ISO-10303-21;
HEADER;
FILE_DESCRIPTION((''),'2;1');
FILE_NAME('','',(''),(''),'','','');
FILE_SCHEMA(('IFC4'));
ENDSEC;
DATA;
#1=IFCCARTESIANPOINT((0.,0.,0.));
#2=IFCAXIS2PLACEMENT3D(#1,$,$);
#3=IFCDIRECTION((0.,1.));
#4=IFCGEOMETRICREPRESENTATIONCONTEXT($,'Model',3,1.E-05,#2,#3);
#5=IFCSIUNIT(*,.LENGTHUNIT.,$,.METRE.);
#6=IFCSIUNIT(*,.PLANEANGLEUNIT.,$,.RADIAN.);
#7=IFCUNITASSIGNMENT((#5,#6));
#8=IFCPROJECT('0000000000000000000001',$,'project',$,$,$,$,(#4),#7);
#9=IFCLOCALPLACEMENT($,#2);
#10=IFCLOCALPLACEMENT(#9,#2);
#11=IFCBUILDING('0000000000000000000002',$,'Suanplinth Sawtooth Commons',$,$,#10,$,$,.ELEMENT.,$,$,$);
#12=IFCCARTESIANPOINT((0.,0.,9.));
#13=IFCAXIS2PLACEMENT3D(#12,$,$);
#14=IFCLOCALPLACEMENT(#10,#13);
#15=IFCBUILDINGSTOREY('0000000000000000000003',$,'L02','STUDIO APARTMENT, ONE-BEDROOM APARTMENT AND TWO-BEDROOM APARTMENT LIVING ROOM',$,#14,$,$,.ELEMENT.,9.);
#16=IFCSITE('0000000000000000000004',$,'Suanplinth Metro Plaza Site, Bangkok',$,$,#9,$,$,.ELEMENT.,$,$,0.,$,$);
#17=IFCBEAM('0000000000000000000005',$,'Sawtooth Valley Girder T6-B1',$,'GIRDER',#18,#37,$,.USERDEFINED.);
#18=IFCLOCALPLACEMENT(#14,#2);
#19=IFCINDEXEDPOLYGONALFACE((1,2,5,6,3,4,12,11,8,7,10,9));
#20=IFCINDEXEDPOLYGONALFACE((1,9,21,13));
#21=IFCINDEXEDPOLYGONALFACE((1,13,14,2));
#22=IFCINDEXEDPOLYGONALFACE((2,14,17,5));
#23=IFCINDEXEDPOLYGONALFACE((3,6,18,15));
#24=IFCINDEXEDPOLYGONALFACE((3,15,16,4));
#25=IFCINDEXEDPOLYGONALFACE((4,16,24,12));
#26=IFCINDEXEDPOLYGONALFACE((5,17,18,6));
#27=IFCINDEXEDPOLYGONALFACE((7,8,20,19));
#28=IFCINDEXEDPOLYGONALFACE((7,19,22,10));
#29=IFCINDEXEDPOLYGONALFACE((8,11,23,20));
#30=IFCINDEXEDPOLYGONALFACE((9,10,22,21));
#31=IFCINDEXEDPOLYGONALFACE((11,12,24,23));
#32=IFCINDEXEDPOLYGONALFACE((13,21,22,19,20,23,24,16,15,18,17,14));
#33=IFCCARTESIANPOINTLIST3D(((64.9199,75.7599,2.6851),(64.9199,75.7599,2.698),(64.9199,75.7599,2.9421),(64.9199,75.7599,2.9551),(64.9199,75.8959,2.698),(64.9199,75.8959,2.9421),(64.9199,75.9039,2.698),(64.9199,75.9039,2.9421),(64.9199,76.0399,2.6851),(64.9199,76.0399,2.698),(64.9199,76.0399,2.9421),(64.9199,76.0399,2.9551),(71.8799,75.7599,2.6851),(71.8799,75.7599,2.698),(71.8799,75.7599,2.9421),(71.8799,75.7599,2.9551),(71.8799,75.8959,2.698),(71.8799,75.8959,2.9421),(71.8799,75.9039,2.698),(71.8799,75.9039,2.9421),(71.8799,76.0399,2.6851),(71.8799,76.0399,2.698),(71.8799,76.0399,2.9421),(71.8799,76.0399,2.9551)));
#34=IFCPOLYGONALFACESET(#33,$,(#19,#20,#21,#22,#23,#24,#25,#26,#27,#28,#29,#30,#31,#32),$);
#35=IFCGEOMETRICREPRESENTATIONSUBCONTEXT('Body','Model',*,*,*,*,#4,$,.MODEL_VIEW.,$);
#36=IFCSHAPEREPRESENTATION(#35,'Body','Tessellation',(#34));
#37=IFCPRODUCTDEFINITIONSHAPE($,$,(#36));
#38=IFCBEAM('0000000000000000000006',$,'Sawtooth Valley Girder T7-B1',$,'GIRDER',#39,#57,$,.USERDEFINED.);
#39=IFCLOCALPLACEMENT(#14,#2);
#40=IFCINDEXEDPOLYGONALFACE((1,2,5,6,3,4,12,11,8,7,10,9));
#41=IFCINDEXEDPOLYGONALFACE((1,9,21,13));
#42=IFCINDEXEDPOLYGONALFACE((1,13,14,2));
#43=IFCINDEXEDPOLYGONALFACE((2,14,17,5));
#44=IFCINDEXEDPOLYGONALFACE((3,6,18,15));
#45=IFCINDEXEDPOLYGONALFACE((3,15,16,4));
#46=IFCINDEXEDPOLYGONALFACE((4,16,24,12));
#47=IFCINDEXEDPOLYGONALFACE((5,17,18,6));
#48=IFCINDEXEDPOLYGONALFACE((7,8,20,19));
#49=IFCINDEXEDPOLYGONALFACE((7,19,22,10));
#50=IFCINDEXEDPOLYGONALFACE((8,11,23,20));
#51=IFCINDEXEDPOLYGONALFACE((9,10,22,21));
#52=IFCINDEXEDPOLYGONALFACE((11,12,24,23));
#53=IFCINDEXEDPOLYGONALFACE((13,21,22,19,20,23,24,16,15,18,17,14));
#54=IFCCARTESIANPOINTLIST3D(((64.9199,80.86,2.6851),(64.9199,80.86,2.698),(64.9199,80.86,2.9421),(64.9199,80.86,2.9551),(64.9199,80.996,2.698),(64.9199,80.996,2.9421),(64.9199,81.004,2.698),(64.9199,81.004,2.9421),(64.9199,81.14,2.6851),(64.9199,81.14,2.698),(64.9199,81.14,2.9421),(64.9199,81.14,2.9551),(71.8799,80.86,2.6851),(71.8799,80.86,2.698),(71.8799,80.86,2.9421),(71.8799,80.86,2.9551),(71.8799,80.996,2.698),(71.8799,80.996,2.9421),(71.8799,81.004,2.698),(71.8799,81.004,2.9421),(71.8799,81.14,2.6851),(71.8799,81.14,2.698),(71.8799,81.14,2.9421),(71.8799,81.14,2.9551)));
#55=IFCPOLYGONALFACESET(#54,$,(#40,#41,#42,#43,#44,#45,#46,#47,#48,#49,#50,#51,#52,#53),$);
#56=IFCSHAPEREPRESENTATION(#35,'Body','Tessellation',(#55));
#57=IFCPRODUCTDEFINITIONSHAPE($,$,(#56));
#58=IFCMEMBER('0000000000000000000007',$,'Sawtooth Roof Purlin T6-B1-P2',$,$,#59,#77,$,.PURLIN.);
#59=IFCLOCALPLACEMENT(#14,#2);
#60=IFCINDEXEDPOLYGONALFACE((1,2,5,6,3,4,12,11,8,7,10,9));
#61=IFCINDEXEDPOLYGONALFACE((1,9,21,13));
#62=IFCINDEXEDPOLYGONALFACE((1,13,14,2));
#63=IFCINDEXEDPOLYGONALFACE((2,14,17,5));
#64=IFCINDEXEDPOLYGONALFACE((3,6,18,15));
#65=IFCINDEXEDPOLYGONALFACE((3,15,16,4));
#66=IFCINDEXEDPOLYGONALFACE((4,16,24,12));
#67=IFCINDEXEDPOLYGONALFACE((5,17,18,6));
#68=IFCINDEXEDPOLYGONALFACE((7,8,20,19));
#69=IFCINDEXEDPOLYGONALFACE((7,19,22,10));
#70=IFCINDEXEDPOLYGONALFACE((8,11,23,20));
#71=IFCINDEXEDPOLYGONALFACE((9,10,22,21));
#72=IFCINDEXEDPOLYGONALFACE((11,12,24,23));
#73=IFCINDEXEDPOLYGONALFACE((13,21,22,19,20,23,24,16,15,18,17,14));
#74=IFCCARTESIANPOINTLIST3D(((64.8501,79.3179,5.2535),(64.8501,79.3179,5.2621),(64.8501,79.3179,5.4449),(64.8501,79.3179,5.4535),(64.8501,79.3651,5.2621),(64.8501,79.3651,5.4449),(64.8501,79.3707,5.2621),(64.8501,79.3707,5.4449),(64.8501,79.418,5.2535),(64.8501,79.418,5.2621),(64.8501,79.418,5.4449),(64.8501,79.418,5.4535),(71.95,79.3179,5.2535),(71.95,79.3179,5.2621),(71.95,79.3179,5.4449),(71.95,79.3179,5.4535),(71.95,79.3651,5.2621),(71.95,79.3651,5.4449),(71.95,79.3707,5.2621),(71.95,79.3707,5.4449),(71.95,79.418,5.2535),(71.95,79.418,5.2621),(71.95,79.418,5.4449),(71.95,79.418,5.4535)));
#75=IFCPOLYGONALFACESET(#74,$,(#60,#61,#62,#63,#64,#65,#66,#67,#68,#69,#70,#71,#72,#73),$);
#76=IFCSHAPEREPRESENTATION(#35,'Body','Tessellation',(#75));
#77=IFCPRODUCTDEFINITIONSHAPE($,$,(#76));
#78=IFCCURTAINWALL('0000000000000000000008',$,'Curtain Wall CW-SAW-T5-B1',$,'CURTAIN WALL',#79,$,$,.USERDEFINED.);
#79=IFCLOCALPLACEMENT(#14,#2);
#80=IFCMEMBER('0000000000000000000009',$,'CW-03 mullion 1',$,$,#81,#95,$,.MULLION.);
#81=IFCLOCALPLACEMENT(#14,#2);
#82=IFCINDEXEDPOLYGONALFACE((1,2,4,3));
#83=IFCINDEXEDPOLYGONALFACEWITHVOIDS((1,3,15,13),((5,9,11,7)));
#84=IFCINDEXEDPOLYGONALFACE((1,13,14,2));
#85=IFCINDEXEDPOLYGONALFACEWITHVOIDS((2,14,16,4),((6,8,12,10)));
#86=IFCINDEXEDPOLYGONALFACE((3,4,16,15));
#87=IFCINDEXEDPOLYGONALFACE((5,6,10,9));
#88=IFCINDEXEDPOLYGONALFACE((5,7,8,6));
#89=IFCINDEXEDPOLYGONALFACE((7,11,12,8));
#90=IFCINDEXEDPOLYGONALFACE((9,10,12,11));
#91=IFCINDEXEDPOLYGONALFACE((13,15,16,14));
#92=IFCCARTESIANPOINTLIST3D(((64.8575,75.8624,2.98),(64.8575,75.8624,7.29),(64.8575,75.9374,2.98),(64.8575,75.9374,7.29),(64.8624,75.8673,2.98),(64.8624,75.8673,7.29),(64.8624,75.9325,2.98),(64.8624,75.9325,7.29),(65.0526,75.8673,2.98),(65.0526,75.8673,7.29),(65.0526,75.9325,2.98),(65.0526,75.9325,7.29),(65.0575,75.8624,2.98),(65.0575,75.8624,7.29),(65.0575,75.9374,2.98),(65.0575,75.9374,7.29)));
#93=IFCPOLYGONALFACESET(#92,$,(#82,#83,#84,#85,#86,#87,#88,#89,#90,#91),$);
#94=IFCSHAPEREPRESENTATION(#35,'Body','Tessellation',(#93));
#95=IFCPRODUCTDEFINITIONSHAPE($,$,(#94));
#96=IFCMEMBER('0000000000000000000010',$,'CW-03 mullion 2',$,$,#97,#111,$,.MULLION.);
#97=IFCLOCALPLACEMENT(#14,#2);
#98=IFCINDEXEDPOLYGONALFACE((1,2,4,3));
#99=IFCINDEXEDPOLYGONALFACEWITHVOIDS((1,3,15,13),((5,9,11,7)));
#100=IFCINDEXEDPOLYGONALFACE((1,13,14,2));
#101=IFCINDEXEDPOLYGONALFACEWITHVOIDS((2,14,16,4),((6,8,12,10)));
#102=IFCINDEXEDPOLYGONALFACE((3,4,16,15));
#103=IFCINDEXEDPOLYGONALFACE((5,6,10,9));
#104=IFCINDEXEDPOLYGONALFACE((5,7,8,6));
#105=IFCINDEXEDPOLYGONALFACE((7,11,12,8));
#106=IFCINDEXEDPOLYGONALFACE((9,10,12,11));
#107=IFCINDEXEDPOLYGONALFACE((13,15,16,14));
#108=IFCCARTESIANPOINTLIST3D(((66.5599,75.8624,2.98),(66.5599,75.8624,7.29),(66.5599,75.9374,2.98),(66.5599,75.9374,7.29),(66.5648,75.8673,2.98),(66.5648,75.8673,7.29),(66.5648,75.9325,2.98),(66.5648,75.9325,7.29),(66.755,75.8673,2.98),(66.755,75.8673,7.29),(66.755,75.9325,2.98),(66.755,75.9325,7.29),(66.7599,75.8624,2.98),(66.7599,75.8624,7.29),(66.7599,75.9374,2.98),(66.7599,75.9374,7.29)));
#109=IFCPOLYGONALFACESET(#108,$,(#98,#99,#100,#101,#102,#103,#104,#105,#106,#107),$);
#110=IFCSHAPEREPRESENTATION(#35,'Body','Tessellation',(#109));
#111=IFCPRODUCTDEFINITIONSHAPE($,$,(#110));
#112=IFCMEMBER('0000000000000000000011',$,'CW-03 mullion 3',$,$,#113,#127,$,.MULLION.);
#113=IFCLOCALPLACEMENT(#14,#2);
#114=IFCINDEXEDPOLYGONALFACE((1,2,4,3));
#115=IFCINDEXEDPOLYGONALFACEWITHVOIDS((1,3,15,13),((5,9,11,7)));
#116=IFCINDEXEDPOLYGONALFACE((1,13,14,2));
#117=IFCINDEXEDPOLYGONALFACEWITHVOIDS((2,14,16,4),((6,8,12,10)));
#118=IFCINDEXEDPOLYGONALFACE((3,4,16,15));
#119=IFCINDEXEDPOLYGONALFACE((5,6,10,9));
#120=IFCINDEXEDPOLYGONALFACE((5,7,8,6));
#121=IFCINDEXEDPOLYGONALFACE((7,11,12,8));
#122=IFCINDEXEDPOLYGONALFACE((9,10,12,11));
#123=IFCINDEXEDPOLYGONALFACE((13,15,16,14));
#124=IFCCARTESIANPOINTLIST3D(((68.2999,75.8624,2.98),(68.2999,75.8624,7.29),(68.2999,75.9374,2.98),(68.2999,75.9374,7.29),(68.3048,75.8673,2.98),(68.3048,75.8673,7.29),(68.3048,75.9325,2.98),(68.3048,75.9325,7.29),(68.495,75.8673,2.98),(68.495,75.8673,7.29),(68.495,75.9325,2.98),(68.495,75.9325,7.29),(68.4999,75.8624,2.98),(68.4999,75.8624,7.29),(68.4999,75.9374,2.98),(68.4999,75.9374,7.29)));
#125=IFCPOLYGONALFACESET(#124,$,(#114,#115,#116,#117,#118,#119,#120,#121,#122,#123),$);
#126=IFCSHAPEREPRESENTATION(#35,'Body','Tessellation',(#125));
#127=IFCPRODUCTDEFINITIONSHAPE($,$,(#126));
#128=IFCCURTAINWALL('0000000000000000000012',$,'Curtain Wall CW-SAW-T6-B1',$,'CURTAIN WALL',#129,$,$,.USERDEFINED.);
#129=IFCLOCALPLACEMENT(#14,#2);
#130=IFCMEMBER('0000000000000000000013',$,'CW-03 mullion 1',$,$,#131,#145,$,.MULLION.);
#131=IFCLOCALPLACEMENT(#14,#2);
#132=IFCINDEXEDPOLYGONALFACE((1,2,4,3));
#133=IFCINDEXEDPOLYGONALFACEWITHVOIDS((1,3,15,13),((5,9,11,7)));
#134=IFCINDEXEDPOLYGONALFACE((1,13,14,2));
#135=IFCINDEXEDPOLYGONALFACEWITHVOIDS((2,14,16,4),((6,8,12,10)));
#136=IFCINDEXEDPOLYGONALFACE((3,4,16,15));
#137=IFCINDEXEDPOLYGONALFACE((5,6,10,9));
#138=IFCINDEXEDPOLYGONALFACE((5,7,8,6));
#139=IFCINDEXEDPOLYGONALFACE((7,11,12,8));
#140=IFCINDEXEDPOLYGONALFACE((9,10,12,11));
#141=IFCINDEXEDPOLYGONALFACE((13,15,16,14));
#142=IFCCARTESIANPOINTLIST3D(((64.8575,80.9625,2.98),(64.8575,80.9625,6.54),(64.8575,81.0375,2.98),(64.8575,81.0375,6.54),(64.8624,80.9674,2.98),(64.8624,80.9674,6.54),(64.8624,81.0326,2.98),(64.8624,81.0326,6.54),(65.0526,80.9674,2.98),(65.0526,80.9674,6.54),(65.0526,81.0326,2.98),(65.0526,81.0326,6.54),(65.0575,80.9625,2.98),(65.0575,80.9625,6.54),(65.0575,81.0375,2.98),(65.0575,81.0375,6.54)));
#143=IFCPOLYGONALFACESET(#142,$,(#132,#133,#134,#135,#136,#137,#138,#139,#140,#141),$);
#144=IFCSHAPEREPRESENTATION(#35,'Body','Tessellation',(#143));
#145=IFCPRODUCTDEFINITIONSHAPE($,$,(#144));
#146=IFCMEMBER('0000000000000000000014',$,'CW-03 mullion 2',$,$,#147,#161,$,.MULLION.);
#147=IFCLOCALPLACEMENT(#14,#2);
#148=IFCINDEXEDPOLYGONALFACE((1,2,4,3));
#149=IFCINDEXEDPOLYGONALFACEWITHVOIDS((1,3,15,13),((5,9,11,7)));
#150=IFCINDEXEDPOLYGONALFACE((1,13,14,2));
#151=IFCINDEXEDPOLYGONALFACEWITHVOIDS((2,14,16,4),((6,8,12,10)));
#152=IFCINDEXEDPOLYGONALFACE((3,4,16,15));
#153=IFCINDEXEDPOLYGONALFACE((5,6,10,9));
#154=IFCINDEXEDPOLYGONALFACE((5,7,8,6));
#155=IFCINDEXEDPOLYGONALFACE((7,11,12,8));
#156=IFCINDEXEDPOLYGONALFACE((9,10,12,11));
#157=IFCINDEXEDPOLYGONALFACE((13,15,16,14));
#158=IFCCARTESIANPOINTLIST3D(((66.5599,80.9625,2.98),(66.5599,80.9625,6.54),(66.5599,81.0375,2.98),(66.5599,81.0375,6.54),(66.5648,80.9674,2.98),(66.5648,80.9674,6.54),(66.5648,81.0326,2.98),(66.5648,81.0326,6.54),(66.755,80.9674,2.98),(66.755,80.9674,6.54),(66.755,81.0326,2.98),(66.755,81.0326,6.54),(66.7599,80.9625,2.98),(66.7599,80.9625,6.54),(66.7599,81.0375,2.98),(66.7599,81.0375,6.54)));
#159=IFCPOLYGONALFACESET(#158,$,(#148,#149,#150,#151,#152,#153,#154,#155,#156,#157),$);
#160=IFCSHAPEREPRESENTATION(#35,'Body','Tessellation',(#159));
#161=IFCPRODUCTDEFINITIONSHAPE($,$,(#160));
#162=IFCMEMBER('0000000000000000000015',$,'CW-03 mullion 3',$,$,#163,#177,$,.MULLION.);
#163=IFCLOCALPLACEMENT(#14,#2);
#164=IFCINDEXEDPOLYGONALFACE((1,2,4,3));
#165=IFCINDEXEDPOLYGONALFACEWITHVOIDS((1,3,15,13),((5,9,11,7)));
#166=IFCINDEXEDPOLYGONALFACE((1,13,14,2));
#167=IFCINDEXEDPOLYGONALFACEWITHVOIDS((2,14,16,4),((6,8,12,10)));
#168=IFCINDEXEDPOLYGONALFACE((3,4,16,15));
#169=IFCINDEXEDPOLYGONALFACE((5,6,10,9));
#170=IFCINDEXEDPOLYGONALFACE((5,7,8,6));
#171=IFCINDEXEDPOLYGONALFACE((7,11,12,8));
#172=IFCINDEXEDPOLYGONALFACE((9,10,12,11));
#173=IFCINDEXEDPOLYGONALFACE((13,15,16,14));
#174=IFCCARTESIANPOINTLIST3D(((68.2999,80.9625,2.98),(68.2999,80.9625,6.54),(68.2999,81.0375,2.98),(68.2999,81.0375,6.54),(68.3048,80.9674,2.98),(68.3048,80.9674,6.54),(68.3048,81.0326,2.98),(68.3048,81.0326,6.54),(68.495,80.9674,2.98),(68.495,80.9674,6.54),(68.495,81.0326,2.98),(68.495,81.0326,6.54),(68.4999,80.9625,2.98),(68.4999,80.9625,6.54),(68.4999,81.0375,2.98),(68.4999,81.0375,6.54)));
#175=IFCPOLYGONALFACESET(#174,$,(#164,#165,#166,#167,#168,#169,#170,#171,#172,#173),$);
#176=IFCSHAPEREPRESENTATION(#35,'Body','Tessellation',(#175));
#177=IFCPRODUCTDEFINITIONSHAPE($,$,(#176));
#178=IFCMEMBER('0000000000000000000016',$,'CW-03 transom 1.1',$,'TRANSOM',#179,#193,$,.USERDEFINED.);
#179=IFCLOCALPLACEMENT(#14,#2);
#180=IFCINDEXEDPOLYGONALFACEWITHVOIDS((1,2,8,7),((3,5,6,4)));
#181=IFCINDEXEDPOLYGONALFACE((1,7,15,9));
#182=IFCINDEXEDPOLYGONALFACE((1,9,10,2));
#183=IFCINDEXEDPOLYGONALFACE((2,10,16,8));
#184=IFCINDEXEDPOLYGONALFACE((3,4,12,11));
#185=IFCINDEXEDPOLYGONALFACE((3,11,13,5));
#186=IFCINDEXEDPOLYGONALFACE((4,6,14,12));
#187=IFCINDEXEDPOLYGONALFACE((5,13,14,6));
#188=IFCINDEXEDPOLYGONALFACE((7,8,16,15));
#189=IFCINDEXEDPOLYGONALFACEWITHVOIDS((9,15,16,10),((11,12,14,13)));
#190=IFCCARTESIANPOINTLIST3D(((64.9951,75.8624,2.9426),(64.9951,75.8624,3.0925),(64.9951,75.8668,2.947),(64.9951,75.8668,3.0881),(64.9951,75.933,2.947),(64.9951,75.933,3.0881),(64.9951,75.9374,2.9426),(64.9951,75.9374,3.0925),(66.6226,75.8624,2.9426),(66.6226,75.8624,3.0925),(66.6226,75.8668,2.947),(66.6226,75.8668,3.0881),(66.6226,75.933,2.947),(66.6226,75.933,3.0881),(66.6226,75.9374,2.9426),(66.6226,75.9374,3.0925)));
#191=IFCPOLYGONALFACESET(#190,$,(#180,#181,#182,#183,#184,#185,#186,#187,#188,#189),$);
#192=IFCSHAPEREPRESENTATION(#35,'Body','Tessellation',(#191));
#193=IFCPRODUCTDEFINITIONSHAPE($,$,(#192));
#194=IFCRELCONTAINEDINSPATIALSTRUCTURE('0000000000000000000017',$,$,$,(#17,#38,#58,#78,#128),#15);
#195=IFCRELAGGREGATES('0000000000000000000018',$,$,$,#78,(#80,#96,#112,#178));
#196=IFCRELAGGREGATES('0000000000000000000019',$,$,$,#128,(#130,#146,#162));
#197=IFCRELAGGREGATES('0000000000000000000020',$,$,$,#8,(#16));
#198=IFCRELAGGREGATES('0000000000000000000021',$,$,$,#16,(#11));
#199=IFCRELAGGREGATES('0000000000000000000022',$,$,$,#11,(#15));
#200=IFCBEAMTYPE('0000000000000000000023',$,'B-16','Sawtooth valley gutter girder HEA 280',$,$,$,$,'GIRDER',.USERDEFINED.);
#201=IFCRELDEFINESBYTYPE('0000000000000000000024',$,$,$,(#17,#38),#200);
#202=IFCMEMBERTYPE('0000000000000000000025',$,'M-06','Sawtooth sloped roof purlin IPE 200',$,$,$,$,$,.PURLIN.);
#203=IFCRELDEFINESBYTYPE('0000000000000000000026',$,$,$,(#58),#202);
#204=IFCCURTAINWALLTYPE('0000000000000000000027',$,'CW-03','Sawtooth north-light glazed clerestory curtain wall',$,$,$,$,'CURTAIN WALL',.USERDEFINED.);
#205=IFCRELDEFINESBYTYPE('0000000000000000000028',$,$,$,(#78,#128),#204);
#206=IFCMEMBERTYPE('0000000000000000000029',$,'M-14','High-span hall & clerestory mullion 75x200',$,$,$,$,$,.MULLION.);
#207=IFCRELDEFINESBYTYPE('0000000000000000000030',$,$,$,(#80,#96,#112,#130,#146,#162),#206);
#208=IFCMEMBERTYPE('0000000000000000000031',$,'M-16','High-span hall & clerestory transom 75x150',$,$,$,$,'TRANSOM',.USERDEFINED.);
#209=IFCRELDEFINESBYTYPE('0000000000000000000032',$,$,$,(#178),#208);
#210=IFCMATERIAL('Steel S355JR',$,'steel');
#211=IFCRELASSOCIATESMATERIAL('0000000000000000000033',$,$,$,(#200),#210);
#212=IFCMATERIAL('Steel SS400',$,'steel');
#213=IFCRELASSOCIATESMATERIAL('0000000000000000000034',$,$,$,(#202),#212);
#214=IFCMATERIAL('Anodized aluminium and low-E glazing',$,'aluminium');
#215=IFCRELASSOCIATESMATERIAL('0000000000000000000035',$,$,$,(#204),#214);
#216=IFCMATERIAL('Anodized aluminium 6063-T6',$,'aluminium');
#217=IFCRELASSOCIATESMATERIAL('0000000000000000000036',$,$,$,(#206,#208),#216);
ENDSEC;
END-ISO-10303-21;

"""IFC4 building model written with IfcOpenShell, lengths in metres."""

from ifc_helpers import new_model, si_unit, direction, frame, origin, origin_2d, place, context, subcontext, project, spatial, hollow_rectangle, i_section, extrude, material, material_profile, profile_set, type_object, element, aggregate, save


model = new_model("IFC4")

# Units and contexts
model_context = context("Model", 3, precision=1e-05, world=origin(), true_north=direction((0.0, 1.0)))
body_context = subcontext(model_context, "Body", "Model", "MODEL_VIEW")
ifc_project = project(units=[si_unit("LENGTHUNIT", "METRE"), si_unit("PLANEANGLEUNIT", "RADIAN")], contexts=[model_context])

# Site, building, storey
site_placement = place(None, origin())
site = spatial("IfcSite", under=ifc_project, at=site_placement, Name="Suanplinth Metro Plaza Site, Bangkok", CompositionType="ELEMENT", RefElevation=0.0)
building_placement = place(site_placement, origin())
building = spatial("IfcBuilding", under=site, at=building_placement, Name="Suanplinth Sawtooth Commons", CompositionType="ELEMENT")
storey_placement = place(building_placement, frame((0.0, 0.0, 9.0)))
storey = spatial("IfcBuildingStorey", under=building, at=storey_placement, Name="L02", Description="STUDIO APARTMENT, ONE-BEDROOM APARTMENT AND TWO-BEDROOM APARTMENT LIVING ROOM", CompositionType="ELEMENT", Elevation=9.0)

# Beams
ifc_material_1 = material(Name="Steel S355JR", Category="steel")
ifc_material_profile_1 = material_profile(ifc_material_1, i_section(OverallWidth=0.28, OverallDepth=0.27, WebThickness=0.0081, FlangeThickness=0.0129, at=origin_2d()), Name="HEA 280")
ifc_profile_set_1 = profile_set([ifc_material_profile_1], Name="Steel S355JR")
beam_type = type_object("IfcBeamType", Name="B-16", Description="Sawtooth valley gutter girder HEA 280", ElementType="GIRDER", PredefinedType="USERDEFINED", material=ifc_profile_set_1)
for number, where, z_axis, x_axis, name in (
    (1, (64.9199, 75.8999, 2.8201), (1.0, 0.0, 0.0), (0.0, 1.0, 0.0), "Sawtooth Valley Girder T6-B1"),
    (2, (64.9199, 81.0, 2.8201), (1.0, 0.0, 0.0), (0.0, 1.0, 0.0), "Sawtooth Valley Girder T7-B1"),
):
    element("IfcBeam", number, at=place(storey_placement, frame(where, z_axis=z_axis, x_axis=x_axis)), inside=storey, type_object=beam_type, Name=name, ObjectType="GIRDER", PredefinedType="USERDEFINED", context=body_context, shape_type="SweptSolid", body=[
        extrude(i_section(OverallWidth=0.28, OverallDepth=0.27, WebThickness=0.0081, FlangeThickness=0.0129, at=origin_2d()), origin(), (0.0, 0.0, 1.0), 6.96),
    ])

# Member
ifc_material_2 = material(Name="Steel SS400", Category="steel")
ifc_material_profile_2 = material_profile(ifc_material_2, i_section(OverallWidth=0.1001, OverallDepth=0.2, WebThickness=0.0056, FlangeThickness=0.0085, at=origin_2d()), Name="IPE 200")
ifc_profile_set_2 = profile_set([ifc_material_profile_2], Name="Steel SS400")
member_type_1 = type_object("IfcMemberType", Name="M-06", Description="Sawtooth sloped roof purlin IPE 200", PredefinedType="PURLIN", material=ifc_profile_set_2)
member_1_placement = place(storey_placement, frame((64.8501, 79.3679, 5.3535), z_axis=(1.0, 0.0, 0.0), x_axis=(0.0, 1.0, 0.0)))
element("IfcMember", 3, at=member_1_placement, inside=storey, type_object=member_type_1, Name="Sawtooth Roof Purlin T6-B1-P2", PredefinedType="PURLIN", context=body_context, shape_type="SweptSolid", body=[
    extrude(i_section(OverallWidth=0.1001, OverallDepth=0.2, WebThickness=0.0056, FlangeThickness=0.0085, at=origin_2d()), origin(), (0.0, 0.0, 1.0), 7.0999),
])

# Curtain walls, members
ifc_material_3 = material(Name="Anodized aluminium and low-E glazing", Category="aluminium")
curtain_wall_type = type_object("IfcCurtainWallType", Name="CW-03", Description="Sawtooth north-light glazed clerestory curtain wall", ElementType="CURTAIN WALL", PredefinedType="USERDEFINED", material=ifc_material_3)
curtain_wall_1_placement = place(storey_placement, origin())
curtain_wall_1 = element("IfcCurtainWall", 4, at=curtain_wall_1_placement, inside=storey, type_object=curtain_wall_type, Name="Curtain Wall CW-SAW-T5-B1", ObjectType="CURTAIN WALL", PredefinedType="USERDEFINED")
ifc_material_4 = material(Name="Anodized aluminium 6063-T6", Category="aluminium")
ifc_material_profile_3 = material_profile(ifc_material_4, hollow_rectangle(XDim=0.075, YDim=0.2, WallThickness=0.0049, at=origin_2d()), Name="ALU-MUL 75x200")
ifc_profile_set_3 = profile_set([ifc_material_profile_3], Name="Anodized aluminium 6063-T6")
member_type_2 = type_object("IfcMemberType", Name="M-14", Description="High-span hall & clerestory mullion 75x200", PredefinedType="MULLION", material=ifc_profile_set_3)
member_2_placement = place(storey_placement, frame((64.9575, 75.8999, 2.98), z_axis=(0.0, 0.0, 1.0), x_axis=(0.0, 1.0, 0.0)))
member_2 = element("IfcMember", 5, at=member_2_placement, type_object=member_type_2, Name="CW-03 mullion 1", PredefinedType="MULLION", context=body_context, shape_type="SweptSolid", body=[
    extrude(hollow_rectangle(XDim=0.075, YDim=0.2, WallThickness=0.0049, at=origin_2d()), origin(), (0.0, 0.0, 1.0), 4.3101),
])
member_3_placement = place(storey_placement, frame((66.6599, 75.8999, 2.98), z_axis=(0.0, 0.0, 1.0), x_axis=(0.0, 1.0, 0.0)))
member_3 = element("IfcMember", 6, at=member_3_placement, type_object=member_type_2, Name="CW-03 mullion 2", PredefinedType="MULLION", context=body_context, shape_type="SweptSolid", body=[
    extrude(hollow_rectangle(XDim=0.075, YDim=0.2, WallThickness=0.0049, at=origin_2d()), origin(), (0.0, 0.0, 1.0), 4.3101),
])
member_4_placement = place(storey_placement, frame((68.3999, 75.8999, 2.98), z_axis=(0.0, 0.0, 1.0), x_axis=(0.0, 1.0, 0.0)))
member_4 = element("IfcMember", 7, at=member_4_placement, type_object=member_type_2, Name="CW-03 mullion 3", PredefinedType="MULLION", context=body_context, shape_type="SweptSolid", body=[
    extrude(hollow_rectangle(XDim=0.075, YDim=0.2, WallThickness=0.0049, at=origin_2d()), origin(), (0.0, 0.0, 1.0), 4.3101),
])
curtain_wall_2_placement = place(storey_placement, origin())
curtain_wall_2 = element("IfcCurtainWall", 8, at=curtain_wall_2_placement, inside=storey, type_object=curtain_wall_type, Name="Curtain Wall CW-SAW-T6-B1", ObjectType="CURTAIN WALL", PredefinedType="USERDEFINED")
member_5_placement = place(storey_placement, frame((64.9575, 81.0, 2.98), z_axis=(0.0, 0.0, 1.0), x_axis=(0.0, 1.0, 0.0)))
member_5 = element("IfcMember", 9, at=member_5_placement, type_object=member_type_2, Name="CW-03 mullion 1", PredefinedType="MULLION", context=body_context, shape_type="SweptSolid", body=[
    extrude(hollow_rectangle(XDim=0.075, YDim=0.2, WallThickness=0.0049, at=origin_2d()), origin(), (0.0, 0.0, 1.0), 3.5601),
])
member_6_placement = place(storey_placement, frame((66.6599, 81.0, 2.98), z_axis=(0.0, 0.0, 1.0), x_axis=(0.0, 1.0, 0.0)))
member_6 = element("IfcMember", 10, at=member_6_placement, type_object=member_type_2, Name="CW-03 mullion 2", PredefinedType="MULLION", context=body_context, shape_type="SweptSolid", body=[
    extrude(hollow_rectangle(XDim=0.075, YDim=0.2, WallThickness=0.0049, at=origin_2d()), origin(), (0.0, 0.0, 1.0), 3.5601),
])
member_7_placement = place(storey_placement, frame((68.3999, 81.0, 2.98), z_axis=(0.0, 0.0, 1.0), x_axis=(0.0, 1.0, 0.0)))
member_7 = element("IfcMember", 11, at=member_7_placement, type_object=member_type_2, Name="CW-03 mullion 3", PredefinedType="MULLION", context=body_context, shape_type="SweptSolid", body=[
    extrude(hollow_rectangle(XDim=0.075, YDim=0.2, WallThickness=0.0049, at=origin_2d()), origin(), (0.0, 0.0, 1.0), 3.5601),
])

# Member
ifc_material_profile_4 = material_profile(ifc_material_4, hollow_rectangle(XDim=0.075, YDim=0.1499, WallThickness=0.0044, at=origin_2d()), Name="ALU-TRN 75x150")
ifc_profile_set_4 = profile_set([ifc_material_profile_4], Name="Anodized aluminium 6063-T6")
member_type_3 = type_object("IfcMemberType", Name="M-16", Description="High-span hall & clerestory transom 75x150", ElementType="TRANSOM", PredefinedType="USERDEFINED", material=ifc_profile_set_4)
member_8_placement = place(storey_placement, frame((64.9951, 75.8999, 3.0176), z_axis=(1.0, 0.0, 0.0), x_axis=(0.0, 1.0, 0.0)))
member_8 = element("IfcMember", 12, at=member_8_placement, type_object=member_type_3, Name="CW-03 transom 1.1", ObjectType="TRANSOM", PredefinedType="USERDEFINED", context=body_context, shape_type="SweptSolid", body=[
    extrude(hollow_rectangle(XDim=0.075, YDim=0.1499, WallThickness=0.0044, at=origin_2d()), origin(), (0.0, 0.0, 1.0), 1.6274),
])

aggregate(curtain_wall_1, [member_2, member_3, member_4, member_8])
aggregate(curtain_wall_2, [member_5, member_6, member_7])

save(model, "model.ifc")
